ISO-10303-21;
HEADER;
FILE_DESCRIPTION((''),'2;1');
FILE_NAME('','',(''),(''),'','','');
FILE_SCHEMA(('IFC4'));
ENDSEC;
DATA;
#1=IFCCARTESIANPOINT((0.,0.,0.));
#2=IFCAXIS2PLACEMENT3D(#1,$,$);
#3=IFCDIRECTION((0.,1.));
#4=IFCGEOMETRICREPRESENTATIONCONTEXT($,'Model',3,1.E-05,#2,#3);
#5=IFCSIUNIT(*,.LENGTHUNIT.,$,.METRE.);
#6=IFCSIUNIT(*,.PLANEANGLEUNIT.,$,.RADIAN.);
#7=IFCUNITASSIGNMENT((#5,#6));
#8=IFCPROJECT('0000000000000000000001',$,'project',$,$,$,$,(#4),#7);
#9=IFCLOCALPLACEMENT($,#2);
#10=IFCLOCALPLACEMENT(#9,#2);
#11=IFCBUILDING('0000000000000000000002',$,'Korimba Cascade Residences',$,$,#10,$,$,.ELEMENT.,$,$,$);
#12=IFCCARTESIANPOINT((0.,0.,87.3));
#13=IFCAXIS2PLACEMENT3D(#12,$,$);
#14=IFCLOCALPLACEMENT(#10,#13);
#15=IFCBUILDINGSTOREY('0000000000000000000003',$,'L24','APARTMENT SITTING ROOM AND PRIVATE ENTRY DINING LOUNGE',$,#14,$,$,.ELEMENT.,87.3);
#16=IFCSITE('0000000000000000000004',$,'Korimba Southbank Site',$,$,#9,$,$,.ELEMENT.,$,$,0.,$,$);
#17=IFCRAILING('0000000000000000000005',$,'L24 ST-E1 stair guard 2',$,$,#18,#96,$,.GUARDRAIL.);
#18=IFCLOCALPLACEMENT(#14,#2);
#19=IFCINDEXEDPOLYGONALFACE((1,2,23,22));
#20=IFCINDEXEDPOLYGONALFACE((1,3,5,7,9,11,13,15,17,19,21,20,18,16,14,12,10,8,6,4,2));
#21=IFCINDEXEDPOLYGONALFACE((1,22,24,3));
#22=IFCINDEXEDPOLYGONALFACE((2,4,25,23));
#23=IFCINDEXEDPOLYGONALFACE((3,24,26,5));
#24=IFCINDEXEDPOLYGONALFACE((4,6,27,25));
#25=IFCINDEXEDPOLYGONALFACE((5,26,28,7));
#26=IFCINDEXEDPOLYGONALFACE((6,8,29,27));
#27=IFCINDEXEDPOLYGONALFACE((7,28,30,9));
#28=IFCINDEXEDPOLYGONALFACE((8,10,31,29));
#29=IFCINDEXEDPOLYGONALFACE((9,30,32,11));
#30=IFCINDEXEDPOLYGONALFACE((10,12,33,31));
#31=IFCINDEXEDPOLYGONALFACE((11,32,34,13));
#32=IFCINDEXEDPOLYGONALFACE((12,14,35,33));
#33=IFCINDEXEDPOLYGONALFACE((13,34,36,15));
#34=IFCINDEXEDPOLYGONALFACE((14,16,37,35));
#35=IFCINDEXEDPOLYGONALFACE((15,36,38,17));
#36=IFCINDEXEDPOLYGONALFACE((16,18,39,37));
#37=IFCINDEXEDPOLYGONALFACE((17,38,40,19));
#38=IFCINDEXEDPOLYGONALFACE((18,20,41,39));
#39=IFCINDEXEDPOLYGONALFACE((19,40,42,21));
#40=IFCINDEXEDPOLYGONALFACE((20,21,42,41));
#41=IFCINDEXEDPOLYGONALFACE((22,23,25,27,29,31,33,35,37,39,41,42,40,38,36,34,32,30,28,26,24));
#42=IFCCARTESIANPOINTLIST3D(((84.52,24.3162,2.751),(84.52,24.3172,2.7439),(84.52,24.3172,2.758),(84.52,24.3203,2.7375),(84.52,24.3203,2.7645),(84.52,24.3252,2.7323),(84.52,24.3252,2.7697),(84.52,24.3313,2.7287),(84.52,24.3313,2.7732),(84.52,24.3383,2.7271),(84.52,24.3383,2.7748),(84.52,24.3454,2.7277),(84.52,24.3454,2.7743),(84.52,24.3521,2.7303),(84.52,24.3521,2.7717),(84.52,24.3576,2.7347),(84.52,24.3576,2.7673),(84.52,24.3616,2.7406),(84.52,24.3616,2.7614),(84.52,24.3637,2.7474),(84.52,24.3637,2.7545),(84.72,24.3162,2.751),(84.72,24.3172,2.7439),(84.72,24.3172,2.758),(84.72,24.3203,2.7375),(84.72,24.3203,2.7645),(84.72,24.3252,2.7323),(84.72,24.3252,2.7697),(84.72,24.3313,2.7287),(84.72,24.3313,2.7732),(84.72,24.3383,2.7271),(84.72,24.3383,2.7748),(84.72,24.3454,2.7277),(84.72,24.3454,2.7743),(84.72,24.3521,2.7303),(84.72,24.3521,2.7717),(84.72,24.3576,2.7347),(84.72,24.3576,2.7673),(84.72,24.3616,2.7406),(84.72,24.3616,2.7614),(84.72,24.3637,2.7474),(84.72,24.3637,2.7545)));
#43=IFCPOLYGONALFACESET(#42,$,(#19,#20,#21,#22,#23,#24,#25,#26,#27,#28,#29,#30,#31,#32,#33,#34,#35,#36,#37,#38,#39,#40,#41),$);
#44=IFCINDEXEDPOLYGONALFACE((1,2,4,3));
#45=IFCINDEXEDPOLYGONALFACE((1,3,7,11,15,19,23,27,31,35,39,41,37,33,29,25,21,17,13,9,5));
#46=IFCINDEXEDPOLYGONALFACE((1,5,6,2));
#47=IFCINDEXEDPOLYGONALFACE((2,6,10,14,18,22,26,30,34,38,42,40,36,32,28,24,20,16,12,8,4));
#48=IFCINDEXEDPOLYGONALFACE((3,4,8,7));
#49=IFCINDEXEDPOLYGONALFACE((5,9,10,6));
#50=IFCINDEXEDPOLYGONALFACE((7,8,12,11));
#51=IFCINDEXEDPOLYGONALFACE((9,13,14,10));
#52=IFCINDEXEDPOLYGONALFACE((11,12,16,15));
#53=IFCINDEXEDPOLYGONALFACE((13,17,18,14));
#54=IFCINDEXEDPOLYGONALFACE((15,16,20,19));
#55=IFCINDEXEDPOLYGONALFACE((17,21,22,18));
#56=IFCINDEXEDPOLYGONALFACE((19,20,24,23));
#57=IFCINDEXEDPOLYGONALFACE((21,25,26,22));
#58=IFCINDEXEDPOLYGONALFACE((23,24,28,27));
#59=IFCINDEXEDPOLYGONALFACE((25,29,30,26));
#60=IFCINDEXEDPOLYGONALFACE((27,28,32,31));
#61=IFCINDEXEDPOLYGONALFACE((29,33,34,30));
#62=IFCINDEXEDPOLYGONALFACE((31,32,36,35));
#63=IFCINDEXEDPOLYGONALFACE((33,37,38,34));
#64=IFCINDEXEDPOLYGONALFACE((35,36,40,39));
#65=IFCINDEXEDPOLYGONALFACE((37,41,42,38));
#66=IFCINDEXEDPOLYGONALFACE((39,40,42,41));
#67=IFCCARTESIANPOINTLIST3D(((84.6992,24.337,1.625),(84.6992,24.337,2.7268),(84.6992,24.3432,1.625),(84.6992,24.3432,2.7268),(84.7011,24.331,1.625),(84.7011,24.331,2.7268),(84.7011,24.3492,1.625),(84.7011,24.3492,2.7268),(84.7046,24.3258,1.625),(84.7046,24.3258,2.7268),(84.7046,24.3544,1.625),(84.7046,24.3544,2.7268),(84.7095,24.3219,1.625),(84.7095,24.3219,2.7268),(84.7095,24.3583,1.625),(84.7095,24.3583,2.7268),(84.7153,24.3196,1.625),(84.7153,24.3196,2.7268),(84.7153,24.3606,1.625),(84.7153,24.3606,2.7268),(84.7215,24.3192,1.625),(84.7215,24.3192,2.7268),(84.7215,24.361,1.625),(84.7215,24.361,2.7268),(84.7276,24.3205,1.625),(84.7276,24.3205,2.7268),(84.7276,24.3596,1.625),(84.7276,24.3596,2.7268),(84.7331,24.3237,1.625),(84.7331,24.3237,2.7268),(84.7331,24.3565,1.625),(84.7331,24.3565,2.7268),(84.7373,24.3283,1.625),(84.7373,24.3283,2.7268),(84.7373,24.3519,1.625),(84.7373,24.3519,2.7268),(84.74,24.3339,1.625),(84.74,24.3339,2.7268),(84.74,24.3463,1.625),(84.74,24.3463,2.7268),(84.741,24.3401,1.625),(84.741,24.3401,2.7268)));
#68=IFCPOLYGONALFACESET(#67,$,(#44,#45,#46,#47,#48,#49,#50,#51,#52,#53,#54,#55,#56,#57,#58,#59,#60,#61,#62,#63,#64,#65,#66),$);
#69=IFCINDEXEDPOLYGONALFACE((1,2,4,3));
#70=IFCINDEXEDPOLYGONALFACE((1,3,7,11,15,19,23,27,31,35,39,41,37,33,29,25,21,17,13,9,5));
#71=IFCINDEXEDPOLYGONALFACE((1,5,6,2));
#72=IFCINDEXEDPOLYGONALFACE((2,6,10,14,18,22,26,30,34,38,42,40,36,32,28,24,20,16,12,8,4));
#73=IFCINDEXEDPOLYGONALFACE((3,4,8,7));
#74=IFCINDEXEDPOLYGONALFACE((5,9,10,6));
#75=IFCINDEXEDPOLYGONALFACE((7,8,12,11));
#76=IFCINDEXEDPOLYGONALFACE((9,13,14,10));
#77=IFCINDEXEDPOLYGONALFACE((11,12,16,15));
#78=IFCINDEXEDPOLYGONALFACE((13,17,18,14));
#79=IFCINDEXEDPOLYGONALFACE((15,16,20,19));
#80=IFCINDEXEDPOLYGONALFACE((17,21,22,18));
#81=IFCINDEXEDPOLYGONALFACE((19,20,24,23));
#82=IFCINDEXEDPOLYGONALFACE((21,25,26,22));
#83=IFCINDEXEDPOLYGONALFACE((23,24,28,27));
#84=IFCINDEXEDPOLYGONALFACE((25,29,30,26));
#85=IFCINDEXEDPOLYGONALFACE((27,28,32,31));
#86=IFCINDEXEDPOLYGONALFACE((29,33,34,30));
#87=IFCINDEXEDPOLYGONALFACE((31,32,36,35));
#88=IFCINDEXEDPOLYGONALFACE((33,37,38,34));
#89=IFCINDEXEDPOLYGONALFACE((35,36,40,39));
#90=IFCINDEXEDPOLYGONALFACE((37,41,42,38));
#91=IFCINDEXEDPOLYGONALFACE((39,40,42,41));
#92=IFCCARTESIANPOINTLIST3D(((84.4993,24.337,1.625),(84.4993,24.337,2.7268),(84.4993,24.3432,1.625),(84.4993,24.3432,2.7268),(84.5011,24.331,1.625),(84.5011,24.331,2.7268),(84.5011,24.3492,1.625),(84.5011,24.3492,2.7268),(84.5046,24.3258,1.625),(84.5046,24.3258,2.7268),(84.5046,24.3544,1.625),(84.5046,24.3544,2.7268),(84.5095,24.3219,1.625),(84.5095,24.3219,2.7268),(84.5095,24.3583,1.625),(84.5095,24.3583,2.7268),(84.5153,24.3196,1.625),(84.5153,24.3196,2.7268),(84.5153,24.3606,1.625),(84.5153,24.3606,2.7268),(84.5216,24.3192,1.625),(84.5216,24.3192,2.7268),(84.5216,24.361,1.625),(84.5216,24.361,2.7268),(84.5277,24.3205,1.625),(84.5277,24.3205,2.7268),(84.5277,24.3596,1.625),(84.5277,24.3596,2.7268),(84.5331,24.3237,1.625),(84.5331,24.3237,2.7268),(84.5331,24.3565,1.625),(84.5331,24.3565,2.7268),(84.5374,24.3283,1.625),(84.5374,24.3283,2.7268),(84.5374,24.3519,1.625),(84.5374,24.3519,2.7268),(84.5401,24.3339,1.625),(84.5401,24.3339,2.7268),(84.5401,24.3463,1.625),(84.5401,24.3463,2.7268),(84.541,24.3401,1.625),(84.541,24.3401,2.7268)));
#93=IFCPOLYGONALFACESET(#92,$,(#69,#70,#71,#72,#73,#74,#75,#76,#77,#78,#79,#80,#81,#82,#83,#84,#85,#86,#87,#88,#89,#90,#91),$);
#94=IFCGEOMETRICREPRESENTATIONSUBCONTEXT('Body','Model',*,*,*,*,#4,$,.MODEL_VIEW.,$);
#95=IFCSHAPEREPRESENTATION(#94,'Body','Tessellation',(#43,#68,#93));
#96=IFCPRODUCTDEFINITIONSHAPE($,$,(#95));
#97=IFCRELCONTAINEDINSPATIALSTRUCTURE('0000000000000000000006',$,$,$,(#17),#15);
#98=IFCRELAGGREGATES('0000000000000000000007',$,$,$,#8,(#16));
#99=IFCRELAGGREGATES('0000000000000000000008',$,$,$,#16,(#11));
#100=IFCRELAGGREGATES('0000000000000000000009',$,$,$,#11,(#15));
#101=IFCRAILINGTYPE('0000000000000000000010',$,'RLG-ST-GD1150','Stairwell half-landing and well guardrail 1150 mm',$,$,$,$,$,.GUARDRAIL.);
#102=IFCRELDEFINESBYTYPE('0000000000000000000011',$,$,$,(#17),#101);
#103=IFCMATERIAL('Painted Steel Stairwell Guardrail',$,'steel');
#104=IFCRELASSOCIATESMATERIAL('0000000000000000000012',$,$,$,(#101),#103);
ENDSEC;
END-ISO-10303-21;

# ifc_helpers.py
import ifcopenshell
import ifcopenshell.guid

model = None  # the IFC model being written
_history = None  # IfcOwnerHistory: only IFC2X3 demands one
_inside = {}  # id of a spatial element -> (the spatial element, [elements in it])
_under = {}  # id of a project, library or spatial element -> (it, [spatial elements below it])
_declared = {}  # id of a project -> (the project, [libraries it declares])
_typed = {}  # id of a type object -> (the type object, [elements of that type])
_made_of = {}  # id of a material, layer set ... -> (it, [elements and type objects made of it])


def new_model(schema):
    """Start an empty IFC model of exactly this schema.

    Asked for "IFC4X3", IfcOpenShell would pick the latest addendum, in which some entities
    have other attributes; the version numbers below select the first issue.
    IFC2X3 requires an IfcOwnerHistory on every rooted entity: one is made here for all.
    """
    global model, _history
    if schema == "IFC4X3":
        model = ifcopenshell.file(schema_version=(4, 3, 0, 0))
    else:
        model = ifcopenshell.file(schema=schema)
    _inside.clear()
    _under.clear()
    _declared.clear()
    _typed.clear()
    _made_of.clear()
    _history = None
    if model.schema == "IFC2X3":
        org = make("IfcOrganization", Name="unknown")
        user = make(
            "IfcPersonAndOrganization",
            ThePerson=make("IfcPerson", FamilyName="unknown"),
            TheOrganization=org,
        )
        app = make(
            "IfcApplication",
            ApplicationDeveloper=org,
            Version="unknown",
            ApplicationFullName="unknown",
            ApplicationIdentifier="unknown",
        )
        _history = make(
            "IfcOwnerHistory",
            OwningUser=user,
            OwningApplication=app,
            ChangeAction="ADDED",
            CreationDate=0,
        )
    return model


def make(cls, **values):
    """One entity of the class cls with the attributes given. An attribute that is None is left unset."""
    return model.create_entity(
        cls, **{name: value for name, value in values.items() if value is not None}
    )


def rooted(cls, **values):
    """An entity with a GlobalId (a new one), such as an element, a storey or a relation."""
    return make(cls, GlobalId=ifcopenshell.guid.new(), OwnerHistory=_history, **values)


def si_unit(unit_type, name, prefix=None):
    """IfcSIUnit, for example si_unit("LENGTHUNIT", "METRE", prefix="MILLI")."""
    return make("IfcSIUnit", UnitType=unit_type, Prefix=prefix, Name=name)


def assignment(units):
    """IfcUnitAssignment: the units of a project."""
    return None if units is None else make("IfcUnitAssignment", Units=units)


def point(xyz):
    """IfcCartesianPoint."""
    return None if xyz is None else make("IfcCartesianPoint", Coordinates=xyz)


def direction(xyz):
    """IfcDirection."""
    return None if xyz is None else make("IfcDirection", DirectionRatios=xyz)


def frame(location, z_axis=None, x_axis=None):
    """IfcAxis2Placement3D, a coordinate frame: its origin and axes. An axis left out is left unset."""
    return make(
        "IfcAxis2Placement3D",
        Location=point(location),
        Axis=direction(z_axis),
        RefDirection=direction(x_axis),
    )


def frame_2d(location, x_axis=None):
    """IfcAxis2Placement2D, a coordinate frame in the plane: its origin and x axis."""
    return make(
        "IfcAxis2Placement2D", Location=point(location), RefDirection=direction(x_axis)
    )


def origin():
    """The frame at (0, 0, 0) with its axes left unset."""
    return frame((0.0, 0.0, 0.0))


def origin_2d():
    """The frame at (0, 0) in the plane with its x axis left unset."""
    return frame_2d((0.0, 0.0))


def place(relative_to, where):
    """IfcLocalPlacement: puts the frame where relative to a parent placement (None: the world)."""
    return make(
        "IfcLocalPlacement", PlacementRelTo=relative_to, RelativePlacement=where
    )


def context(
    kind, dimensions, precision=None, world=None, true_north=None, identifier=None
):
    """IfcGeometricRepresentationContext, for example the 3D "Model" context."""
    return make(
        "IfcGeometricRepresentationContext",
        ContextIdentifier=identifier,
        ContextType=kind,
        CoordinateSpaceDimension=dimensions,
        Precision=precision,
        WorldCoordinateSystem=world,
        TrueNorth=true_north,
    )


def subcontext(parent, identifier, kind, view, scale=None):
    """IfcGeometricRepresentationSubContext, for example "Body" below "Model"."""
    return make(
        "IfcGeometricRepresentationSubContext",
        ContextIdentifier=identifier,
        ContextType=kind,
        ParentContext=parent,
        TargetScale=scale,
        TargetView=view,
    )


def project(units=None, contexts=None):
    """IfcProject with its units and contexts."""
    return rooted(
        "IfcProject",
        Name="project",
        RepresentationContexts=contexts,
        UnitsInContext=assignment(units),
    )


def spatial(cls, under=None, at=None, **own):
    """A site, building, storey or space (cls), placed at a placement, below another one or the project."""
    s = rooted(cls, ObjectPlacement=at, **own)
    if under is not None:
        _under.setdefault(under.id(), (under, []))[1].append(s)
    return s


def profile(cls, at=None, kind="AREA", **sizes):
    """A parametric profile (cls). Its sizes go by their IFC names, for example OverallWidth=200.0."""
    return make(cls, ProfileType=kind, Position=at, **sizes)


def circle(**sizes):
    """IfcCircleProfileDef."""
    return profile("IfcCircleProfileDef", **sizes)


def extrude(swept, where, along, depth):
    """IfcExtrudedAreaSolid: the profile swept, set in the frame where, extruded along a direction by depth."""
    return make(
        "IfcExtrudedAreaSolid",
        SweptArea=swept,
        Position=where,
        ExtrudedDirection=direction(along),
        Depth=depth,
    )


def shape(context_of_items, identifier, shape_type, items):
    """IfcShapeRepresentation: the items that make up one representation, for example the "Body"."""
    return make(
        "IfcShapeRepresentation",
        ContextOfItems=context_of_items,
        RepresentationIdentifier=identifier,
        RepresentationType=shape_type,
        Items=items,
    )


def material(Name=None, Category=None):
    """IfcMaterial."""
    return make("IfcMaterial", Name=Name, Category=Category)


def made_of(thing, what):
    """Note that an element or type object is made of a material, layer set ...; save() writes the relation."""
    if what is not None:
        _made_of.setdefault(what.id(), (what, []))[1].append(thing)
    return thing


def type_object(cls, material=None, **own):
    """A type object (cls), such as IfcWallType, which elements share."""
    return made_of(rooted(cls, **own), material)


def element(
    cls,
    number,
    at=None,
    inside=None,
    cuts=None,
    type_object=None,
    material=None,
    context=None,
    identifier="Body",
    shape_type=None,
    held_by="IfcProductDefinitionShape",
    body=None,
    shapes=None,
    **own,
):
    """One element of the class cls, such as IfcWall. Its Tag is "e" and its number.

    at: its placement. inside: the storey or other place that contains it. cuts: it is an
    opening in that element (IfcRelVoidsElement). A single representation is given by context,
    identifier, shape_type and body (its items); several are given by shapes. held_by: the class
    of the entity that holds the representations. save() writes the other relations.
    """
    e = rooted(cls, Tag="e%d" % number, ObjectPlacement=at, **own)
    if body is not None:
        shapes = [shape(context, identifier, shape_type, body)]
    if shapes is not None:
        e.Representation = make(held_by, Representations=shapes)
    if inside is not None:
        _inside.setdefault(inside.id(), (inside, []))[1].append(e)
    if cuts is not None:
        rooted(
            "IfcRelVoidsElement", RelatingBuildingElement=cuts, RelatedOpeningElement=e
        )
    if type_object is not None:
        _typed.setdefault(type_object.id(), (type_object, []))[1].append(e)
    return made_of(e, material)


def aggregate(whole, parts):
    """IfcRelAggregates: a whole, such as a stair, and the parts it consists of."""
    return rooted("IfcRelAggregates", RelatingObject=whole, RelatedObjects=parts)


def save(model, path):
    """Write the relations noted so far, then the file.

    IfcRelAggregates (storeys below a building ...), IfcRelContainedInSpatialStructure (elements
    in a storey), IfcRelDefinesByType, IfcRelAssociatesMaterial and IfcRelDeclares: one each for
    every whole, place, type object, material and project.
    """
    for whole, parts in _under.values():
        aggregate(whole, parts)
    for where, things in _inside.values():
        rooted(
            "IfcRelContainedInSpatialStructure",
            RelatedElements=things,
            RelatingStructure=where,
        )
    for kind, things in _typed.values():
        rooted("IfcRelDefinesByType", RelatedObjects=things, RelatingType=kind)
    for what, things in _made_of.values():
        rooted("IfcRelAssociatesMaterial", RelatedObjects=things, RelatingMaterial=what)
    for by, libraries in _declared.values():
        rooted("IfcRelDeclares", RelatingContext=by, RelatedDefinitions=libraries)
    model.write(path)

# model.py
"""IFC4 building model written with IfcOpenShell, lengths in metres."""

from ifc_helpers import new_model, si_unit, direction, frame, origin, origin_2d, place, context, subcontext, project, spatial, circle, extrude, material, type_object, element, save


model = new_model("IFC4")

# Units and contexts
model_context = context("Model", 3, precision=1e-05, world=origin(), true_north=direction((0.0, 1.0)))
body_context = subcontext(model_context, "Body", "Model", "MODEL_VIEW")
ifc_project = project(units=[si_unit("LENGTHUNIT", "METRE"), si_unit("PLANEANGLEUNIT", "RADIAN")], contexts=[model_context])

# Site, building, storey
site_placement = place(None, origin())
site = spatial("IfcSite", under=ifc_project, at=site_placement, Name="Korimba Southbank Site", CompositionType="ELEMENT", RefElevation=0.0)
building_placement = place(site_placement, origin())
building = spatial("IfcBuilding", under=site, at=building_placement, Name="Korimba Cascade Residences", CompositionType="ELEMENT")
storey_placement = place(building_placement, frame((0.0, 0.0, 87.3)))
storey = spatial("IfcBuildingStorey", under=building, at=storey_placement, Name="L24", Description="APARTMENT SITTING ROOM AND PRIVATE ENTRY DINING LOUNGE", CompositionType="ELEMENT", Elevation=87.3)

# Railing
ifc_material_1 = material(Name="Painted Steel Stairwell Guardrail", Category="steel")
railing_type_1 = type_object("IfcRailingType", Name="RLG-ST-GD1150", Description="Stairwell half-landing and well guardrail 1150 mm", PredefinedType="GUARDRAIL", material=ifc_material_1)
railing_1_placement = place(storey_placement, frame((84.72, 24.3401, 1.625)))
element("IfcRailing", 1, at=railing_1_placement, inside=storey, type_object=railing_type_1, Name="L24 ST-E1 stair guard 2", PredefinedType="GUARDRAIL", context=body_context, shape_type="SweptSolid", body=[
    extrude(circle(Radius=0.0239, at=origin_2d()), frame((0.0, 0.0, 1.126), z_axis=(-1.0, 0.0, 0.0), x_axis=(0.0, -1.0, 0.0)), (0.0, 0.0, 1.0), 0.2),
    extrude(circle(Radius=0.021, at=origin_2d()), origin(), (0.0, 0.0, 1.0), 1.1018),
    extrude(circle(Radius=0.021, at=origin_2d()), frame((-0.2, 0.0, 0.0)), (0.0, 0.0, 1.0), 1.1018),
])

save(model, "model.ifc")
